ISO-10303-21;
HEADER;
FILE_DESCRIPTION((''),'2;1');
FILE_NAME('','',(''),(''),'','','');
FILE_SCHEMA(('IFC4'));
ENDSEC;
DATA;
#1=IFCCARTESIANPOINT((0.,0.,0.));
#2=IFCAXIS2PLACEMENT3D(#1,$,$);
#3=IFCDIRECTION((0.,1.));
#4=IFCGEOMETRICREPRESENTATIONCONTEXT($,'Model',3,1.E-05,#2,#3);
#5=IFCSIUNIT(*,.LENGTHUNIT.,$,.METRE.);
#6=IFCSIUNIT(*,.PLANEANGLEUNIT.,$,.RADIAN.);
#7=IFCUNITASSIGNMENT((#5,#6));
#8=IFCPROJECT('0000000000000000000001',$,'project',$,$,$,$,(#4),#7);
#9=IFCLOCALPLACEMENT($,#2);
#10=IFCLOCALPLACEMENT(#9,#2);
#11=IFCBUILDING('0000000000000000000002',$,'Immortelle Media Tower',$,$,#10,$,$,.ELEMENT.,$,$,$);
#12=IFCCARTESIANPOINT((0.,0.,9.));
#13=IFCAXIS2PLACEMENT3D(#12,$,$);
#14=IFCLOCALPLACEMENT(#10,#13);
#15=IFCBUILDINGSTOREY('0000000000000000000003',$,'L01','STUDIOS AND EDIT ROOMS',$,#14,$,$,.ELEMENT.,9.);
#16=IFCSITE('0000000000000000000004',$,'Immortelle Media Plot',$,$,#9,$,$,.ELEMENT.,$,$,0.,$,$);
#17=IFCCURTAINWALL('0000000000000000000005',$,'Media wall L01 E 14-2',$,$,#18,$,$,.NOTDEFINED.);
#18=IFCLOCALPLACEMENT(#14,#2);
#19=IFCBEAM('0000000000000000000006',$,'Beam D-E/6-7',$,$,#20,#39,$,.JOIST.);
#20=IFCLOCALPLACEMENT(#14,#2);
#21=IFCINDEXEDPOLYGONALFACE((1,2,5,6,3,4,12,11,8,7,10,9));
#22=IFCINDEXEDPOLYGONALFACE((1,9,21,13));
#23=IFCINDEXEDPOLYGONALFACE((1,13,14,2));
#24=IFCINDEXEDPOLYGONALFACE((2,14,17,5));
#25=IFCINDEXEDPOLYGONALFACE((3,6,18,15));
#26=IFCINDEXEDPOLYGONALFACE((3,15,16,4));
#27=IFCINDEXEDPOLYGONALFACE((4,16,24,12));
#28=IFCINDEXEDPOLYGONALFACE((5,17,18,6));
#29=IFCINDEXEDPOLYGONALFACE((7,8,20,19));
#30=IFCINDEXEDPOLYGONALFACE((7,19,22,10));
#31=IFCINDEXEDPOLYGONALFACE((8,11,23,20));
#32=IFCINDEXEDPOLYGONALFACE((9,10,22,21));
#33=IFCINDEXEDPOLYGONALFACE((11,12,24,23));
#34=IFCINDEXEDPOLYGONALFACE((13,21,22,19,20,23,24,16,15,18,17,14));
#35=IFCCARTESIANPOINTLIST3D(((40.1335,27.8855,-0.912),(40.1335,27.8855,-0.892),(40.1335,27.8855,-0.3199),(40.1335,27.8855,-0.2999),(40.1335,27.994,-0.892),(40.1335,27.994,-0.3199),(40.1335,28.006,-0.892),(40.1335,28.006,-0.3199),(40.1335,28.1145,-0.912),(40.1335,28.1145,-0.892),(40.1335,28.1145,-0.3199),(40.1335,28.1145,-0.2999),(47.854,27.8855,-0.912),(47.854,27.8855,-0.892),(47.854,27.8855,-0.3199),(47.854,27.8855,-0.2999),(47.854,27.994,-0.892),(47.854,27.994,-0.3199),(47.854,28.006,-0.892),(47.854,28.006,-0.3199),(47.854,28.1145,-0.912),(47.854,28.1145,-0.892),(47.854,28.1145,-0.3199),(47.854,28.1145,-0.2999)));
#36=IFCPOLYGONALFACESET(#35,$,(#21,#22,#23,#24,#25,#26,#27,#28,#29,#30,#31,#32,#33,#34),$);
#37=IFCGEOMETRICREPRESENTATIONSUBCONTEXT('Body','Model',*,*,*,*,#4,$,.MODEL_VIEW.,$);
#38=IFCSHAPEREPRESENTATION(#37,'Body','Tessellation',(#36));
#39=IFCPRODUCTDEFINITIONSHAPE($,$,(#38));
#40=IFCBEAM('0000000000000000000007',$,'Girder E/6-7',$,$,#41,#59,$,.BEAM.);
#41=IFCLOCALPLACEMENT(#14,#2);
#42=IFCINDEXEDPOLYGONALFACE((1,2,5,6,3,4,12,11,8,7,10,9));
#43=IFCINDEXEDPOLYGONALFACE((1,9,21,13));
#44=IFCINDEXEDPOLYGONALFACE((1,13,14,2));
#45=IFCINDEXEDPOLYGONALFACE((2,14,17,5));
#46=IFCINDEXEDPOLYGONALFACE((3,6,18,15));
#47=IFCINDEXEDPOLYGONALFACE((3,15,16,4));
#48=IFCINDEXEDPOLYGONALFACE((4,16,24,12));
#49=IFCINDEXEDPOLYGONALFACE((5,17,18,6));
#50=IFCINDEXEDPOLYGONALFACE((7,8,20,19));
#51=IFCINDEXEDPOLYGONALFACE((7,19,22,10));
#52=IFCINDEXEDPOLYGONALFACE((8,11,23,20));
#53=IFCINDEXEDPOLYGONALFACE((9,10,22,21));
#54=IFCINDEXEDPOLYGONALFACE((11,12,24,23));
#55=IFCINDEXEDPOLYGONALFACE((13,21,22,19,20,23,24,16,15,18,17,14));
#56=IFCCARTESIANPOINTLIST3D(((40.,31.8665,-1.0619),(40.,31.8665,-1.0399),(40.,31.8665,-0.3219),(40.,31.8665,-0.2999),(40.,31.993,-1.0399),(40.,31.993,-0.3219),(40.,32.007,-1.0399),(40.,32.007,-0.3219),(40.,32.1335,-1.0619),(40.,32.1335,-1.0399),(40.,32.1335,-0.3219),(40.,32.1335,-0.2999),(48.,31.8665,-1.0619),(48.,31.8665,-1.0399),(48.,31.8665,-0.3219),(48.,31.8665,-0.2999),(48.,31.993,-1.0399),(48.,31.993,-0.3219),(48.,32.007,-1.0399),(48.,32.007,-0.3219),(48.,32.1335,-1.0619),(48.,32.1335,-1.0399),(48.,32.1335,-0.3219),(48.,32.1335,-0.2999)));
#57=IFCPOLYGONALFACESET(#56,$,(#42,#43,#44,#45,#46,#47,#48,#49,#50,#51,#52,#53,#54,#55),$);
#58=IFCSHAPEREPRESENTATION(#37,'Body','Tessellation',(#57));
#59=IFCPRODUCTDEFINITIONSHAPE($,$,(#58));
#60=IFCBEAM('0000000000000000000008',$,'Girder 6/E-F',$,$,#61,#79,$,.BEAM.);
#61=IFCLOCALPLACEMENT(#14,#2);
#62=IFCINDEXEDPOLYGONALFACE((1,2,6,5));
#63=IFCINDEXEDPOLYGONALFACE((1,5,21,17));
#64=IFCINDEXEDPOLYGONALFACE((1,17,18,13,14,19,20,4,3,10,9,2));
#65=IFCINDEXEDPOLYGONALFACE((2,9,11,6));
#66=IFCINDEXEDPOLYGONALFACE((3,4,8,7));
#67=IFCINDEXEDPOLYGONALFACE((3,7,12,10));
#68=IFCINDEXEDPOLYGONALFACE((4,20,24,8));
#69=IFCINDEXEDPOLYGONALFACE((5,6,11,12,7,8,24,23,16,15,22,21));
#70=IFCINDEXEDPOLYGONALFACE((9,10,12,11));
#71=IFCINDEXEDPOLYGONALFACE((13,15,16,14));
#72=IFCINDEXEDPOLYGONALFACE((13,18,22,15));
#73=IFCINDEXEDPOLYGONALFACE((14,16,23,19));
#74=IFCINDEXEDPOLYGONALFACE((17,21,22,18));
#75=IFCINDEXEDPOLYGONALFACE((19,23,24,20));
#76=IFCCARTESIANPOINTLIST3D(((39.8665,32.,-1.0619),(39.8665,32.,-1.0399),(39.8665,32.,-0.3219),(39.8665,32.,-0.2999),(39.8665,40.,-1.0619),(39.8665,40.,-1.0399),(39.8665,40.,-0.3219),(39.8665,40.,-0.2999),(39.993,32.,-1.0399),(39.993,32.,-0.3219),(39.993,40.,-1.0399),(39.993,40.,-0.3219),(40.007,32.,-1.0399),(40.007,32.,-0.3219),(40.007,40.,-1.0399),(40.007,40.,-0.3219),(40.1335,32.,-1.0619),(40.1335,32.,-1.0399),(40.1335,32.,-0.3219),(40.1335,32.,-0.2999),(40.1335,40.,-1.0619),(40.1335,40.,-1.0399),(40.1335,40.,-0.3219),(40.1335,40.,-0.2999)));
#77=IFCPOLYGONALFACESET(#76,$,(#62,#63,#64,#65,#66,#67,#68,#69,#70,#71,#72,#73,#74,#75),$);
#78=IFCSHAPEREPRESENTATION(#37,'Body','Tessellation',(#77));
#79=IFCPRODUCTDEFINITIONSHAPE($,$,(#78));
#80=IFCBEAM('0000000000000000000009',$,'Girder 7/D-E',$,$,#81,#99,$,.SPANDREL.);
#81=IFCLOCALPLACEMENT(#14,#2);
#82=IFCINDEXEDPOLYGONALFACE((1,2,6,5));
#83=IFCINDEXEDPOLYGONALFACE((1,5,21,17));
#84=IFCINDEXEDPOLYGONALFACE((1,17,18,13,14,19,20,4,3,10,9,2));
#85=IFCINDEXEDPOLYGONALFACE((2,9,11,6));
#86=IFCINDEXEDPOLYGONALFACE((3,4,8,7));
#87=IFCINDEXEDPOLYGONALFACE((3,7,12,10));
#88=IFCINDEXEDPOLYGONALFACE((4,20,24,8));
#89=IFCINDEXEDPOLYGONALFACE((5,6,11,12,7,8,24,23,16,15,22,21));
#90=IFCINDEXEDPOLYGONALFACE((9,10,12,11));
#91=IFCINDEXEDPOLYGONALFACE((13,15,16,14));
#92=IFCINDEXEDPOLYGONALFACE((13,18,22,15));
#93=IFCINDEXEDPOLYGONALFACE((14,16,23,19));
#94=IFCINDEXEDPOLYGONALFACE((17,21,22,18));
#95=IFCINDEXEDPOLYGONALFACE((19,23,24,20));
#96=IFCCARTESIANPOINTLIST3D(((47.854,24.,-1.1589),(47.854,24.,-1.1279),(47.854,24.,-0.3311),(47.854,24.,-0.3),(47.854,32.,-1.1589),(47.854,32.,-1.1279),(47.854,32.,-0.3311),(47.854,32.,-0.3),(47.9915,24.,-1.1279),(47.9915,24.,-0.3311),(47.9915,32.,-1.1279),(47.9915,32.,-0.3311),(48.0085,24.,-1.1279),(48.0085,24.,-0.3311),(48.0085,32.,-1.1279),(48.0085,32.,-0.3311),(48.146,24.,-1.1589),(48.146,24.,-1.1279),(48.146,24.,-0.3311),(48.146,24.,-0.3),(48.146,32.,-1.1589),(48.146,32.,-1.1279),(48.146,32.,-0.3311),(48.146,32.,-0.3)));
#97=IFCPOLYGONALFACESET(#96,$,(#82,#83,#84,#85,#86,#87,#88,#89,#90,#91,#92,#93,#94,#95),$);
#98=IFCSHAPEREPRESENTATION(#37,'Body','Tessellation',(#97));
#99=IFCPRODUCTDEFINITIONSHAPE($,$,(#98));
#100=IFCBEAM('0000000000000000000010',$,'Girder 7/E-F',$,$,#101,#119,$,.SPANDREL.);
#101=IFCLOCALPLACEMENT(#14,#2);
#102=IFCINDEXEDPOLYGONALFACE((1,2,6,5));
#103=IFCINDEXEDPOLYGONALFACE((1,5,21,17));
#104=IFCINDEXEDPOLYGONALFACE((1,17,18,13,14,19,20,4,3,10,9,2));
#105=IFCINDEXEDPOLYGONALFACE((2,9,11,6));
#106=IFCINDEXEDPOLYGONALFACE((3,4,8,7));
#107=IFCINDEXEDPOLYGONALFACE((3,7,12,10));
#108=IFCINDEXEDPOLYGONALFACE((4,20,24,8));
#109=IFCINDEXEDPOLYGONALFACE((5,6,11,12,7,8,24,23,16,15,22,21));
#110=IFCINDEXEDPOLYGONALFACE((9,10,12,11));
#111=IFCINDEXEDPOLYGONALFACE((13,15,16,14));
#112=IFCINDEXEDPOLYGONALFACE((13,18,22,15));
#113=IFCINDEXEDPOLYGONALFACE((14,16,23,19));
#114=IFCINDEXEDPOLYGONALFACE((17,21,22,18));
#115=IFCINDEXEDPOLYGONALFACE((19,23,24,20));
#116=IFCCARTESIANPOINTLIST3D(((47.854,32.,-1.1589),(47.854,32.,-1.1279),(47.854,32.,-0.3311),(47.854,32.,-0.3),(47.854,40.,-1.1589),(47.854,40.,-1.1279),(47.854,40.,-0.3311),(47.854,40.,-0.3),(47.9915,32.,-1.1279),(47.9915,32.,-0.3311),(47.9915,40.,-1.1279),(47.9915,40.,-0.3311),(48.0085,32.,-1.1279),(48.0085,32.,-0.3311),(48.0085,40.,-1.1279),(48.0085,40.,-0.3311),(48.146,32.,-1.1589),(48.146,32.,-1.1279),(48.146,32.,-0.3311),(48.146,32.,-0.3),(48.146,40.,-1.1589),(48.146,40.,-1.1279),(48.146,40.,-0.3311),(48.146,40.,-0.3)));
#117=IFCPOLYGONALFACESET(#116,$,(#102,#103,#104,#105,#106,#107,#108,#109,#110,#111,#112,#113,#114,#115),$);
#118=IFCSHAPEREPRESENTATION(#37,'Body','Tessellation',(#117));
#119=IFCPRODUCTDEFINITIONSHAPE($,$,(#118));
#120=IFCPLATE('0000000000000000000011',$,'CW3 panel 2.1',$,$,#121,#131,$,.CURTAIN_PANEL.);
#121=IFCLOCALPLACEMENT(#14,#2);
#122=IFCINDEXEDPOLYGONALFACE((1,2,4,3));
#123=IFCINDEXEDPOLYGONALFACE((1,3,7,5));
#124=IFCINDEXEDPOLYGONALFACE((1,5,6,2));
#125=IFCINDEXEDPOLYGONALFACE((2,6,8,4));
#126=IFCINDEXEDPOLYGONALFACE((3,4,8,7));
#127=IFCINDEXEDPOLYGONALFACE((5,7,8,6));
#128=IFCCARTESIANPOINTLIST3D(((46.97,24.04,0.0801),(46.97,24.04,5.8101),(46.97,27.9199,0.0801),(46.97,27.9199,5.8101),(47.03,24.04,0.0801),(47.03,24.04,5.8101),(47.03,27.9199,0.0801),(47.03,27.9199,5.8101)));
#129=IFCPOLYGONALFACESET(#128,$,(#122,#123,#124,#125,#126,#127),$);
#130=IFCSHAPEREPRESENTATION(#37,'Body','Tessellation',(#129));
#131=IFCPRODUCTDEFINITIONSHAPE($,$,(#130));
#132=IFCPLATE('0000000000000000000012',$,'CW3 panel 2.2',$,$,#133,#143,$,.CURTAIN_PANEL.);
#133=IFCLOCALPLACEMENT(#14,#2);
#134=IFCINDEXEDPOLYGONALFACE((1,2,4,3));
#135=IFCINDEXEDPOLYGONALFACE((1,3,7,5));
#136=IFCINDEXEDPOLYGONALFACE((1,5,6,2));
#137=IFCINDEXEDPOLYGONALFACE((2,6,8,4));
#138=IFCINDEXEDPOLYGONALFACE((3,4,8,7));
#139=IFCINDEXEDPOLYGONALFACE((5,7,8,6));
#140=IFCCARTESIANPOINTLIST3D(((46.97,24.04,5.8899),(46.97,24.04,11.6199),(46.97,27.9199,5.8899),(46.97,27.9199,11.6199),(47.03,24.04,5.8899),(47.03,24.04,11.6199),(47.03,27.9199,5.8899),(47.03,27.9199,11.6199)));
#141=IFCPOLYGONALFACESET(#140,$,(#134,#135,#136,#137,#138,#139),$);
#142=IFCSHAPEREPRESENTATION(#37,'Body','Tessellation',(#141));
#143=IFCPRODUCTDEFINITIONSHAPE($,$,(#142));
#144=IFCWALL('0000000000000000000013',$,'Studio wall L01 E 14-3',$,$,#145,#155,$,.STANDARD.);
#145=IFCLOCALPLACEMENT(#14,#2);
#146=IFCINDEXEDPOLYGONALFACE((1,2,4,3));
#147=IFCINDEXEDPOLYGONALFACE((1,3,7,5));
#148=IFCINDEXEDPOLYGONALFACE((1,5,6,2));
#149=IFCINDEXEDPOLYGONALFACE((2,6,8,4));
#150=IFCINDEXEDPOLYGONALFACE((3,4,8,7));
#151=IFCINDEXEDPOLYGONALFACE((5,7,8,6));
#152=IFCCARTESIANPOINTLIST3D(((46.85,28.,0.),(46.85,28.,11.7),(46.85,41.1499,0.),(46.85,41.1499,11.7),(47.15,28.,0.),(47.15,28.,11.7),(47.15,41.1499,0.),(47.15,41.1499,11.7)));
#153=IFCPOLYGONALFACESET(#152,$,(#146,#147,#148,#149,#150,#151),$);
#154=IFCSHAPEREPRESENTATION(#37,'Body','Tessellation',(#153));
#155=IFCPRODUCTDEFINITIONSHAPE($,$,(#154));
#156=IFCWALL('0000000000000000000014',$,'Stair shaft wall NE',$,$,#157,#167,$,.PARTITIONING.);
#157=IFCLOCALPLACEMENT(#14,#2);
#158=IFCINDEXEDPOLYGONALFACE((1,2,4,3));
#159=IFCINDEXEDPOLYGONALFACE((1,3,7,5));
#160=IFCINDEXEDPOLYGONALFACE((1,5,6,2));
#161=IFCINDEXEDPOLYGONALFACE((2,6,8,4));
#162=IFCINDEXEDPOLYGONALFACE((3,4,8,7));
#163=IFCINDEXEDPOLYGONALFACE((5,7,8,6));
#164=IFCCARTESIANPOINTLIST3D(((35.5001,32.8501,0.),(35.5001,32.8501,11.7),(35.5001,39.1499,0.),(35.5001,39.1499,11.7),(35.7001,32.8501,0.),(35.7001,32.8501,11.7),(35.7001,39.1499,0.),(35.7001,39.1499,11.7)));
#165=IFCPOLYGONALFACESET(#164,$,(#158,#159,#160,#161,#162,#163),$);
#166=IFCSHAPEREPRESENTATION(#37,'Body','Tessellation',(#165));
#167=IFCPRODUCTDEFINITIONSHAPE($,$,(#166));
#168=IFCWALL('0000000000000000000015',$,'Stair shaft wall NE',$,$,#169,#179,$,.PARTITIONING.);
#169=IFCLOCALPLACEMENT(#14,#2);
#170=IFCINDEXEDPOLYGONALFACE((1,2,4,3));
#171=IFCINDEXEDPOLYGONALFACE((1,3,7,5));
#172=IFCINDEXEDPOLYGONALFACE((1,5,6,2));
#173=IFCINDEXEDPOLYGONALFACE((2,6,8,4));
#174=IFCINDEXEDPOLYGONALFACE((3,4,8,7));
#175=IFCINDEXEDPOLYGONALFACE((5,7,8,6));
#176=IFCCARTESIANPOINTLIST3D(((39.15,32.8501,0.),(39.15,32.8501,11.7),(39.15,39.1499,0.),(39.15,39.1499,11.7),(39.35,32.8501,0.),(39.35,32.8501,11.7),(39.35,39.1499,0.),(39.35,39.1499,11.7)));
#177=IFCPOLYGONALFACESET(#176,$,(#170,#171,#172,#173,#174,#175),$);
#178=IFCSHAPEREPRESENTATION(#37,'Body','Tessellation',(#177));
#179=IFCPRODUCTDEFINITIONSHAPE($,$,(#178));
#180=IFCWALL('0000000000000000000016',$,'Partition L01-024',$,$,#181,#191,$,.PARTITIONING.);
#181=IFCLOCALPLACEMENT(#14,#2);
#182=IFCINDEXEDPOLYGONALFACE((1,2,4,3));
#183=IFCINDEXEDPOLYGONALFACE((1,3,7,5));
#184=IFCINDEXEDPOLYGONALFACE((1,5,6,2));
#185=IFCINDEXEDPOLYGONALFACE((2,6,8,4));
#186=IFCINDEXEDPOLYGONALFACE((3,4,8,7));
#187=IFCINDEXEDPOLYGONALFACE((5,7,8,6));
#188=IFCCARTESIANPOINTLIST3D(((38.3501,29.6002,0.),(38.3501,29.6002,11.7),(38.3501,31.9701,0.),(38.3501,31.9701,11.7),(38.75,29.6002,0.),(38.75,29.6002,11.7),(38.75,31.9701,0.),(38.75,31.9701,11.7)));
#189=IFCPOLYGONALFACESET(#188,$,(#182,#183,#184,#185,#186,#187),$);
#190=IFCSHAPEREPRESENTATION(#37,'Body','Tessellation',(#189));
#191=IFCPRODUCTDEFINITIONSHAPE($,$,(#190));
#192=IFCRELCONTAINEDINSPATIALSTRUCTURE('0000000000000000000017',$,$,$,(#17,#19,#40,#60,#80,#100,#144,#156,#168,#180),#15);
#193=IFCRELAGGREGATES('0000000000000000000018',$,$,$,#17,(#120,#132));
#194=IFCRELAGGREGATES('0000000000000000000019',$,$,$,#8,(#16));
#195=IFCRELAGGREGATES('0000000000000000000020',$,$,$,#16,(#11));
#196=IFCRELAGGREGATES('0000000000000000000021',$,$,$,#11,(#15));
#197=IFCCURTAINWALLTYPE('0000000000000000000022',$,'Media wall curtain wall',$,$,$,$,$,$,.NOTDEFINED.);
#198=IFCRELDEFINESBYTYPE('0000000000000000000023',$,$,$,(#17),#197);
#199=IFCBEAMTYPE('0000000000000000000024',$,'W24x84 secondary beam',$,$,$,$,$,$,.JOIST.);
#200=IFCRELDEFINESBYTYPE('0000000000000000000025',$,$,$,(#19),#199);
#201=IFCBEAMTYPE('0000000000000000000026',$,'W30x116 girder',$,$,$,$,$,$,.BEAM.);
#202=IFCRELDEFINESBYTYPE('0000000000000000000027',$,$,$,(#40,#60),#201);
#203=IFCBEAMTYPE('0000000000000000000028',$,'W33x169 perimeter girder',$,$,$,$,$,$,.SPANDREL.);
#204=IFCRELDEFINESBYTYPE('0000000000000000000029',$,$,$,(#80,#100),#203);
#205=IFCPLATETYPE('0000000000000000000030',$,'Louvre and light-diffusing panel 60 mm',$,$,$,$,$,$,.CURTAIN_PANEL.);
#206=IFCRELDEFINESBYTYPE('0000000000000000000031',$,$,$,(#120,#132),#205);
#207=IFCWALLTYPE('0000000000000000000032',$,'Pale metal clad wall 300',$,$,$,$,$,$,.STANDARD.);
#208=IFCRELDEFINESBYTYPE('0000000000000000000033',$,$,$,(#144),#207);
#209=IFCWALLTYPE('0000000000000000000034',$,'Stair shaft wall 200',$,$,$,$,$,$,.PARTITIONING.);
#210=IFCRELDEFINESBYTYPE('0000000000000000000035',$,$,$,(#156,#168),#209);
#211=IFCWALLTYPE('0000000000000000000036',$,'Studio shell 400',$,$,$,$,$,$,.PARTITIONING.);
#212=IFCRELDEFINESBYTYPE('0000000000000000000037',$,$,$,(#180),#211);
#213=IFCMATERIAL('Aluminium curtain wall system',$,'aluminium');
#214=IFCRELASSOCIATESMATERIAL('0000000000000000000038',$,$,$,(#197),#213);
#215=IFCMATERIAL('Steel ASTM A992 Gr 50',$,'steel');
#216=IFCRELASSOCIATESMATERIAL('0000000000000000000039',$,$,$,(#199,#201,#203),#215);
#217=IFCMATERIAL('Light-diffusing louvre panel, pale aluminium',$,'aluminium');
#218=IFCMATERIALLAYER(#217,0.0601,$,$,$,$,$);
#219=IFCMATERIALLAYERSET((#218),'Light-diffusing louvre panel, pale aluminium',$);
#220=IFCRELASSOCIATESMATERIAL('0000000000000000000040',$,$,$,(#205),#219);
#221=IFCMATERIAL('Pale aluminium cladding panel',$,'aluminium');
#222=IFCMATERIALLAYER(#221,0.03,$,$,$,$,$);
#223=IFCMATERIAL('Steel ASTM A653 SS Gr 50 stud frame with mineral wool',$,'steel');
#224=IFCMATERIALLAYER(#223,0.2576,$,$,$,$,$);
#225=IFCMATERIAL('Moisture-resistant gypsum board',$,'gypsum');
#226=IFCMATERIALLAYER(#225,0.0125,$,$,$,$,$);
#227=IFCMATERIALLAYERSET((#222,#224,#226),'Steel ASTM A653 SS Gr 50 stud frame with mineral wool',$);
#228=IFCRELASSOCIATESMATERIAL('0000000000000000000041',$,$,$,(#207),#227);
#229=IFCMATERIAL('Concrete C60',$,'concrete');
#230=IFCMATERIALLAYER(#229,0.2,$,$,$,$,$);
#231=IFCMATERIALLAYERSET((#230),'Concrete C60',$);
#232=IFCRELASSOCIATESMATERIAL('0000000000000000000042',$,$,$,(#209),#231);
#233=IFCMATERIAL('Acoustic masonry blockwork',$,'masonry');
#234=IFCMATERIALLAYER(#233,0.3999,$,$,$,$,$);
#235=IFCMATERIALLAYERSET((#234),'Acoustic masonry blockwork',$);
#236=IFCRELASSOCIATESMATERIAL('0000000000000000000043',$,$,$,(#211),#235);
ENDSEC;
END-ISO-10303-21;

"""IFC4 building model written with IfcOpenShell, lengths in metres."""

from ifc_helpers import new_model, si_unit, direction, frame, frame_2d, origin, origin_2d, place, context, subcontext, project, spatial, rectangle, i_section, extrude, material, layer, layer_set, material_profile, profile_set, type_object, element, aggregate, save


model = new_model("IFC4")

# Units and contexts
model_context = context("Model", 3, precision=1e-05, world=origin(), true_north=direction((0.0, 1.0)))
body_context = subcontext(model_context, "Body", "Model", "MODEL_VIEW")
ifc_project = project(units=[si_unit("LENGTHUNIT", "METRE"), si_unit("PLANEANGLEUNIT", "RADIAN")], contexts=[model_context])

# Site, building, storey
site_placement = place(None, origin())
site = spatial("IfcSite", under=ifc_project, at=site_placement, Name="Immortelle Media Plot", CompositionType="ELEMENT", RefElevation=0.0)
building_placement = place(site_placement, origin())
building = spatial("IfcBuilding", under=site, at=building_placement, Name="Immortelle Media Tower", CompositionType="ELEMENT")
storey_placement = place(building_placement, frame((0.0, 0.0, 9.0)))
storey = spatial("IfcBuildingStorey", under=building, at=storey_placement, Name="L01", Description="STUDIOS AND EDIT ROOMS", CompositionType="ELEMENT", Elevation=9.0)

# Shared definitions
ifc_material_1 = material(Name="Steel ASTM A992 Gr 50", Category="steel")

# Curtain wall
ifc_material_2 = material(Name="Aluminium curtain wall system", Category="aluminium")
curtain_wall_type = type_object("IfcCurtainWallType", Name="Media wall curtain wall", PredefinedType="NOTDEFINED", material=ifc_material_2)
curtain_wall_placement = place(storey_placement, origin())
curtain_wall = element("IfcCurtainWall", 1, at=curtain_wall_placement, inside=storey, type_object=curtain_wall_type, Name="Media wall L01 E 14-2", PredefinedType="NOTDEFINED")

# Beams
ifc_material_profile_1 = material_profile(ifc_material_1, i_section(OverallWidth=0.229, OverallDepth=0.6121, WebThickness=0.012, FlangeThickness=0.02, at=origin_2d()), Name="W24x84")
ifc_profile_set_1 = profile_set([ifc_material_profile_1], Name="Steel ASTM A992 Gr 50")
beam_type_1 = type_object("IfcBeamType", Name="W24x84 secondary beam", PredefinedType="JOIST", material=ifc_profile_set_1)
beam_1_placement = place(storey_placement, frame((40.1335, 28.0, -0.606), z_axis=(1.0, 0.0, 0.0), x_axis=(0.0, 1.0, 0.0)))
element("IfcBeam", 2, at=beam_1_placement, inside=storey, type_object=beam_type_1, Name="Beam D-E/6-7", PredefinedType="JOIST", context=body_context, shape_type="SweptSolid", body=[
    extrude(i_section(OverallWidth=0.229, OverallDepth=0.6121, WebThickness=0.012, FlangeThickness=0.02, at=origin_2d()), origin(), (0.0, 0.0, 1.0), 7.7205),
])
ifc_material_profile_2 = material_profile(ifc_material_1, i_section(OverallWidth=0.2671, OverallDepth=0.762, WebThickness=0.0139, FlangeThickness=0.022, at=origin_2d()), Name="W30x116")
ifc_profile_set_2 = profile_set([ifc_material_profile_2], Name="Steel ASTM A992 Gr 50")
beam_type_2 = type_object("IfcBeamType", Name="W30x116 girder", PredefinedType="BEAM", material=ifc_profile_set_2)
for number, where, z_axis, x_axis, name in (
    (3, (40.0, 32.0, -0.6809), (1.0, 0.0, 0.0), (0.0, 1.0, 0.0), "Girder E/6-7"),
    (4, (40.0, 32.0, -0.6809), (0.0, 1.0, 0.0), (-1.0, 0.0, 0.0), "Girder 6/E-F"),
):
    element("IfcBeam", number, at=place(storey_placement, frame(where, z_axis=z_axis, x_axis=x_axis)), inside=storey, type_object=beam_type_2, Name=name, PredefinedType="BEAM", context=body_context, shape_type="SweptSolid", body=[
        extrude(i_section(OverallWidth=0.2671, OverallDepth=0.762, WebThickness=0.0139, FlangeThickness=0.022, at=origin_2d()), origin(), (0.0, 0.0, 1.0), 8.0),
    ])
ifc_material_profile_3 = material_profile(ifc_material_1, i_section(OverallWidth=0.292, OverallDepth=0.8589, WebThickness=0.0171, FlangeThickness=0.031, at=origin_2d()), Name="W33x169")
ifc_profile_set_3 = profile_set([ifc_material_profile_3], Name="Steel ASTM A992 Gr 50")
beam_type_3 = type_object("IfcBeamType", Name="W33x169 perimeter girder", PredefinedType="SPANDREL", material=ifc_profile_set_3)
for number, where, z_axis, x_axis, name in (
    (5, (48.0, 24.0, -0.7295), (0.0, 1.0, 0.0), (-1.0, 0.0, 0.0), "Girder 7/D-E"),
    (6, (48.0, 32.0, -0.7295), (0.0, 1.0, 0.0), (-1.0, 0.0, 0.0), "Girder 7/E-F"),
):
    element("IfcBeam", number, at=place(storey_placement, frame(where, z_axis=z_axis, x_axis=x_axis)), inside=storey, type_object=beam_type_3, Name=name, PredefinedType="SPANDREL", context=body_context, shape_type="SweptSolid", body=[
        extrude(i_section(OverallWidth=0.292, OverallDepth=0.8589, WebThickness=0.0171, FlangeThickness=0.031, at=origin_2d()), origin(), (0.0, 0.0, 1.0), 8.0),
    ])

# Plates
ifc_material_3 = material(Name="Light-diffusing louvre panel, pale aluminium", Category="aluminium")
ifc_layer_1 = layer(ifc_material_3, 0.0601)
ifc_layer_set_1 = layer_set([ifc_layer_1], Name="Light-diffusing louvre panel, pale aluminium")
plate_type = type_object("IfcPlateType", Name="Louvre and light-diffusing panel 60 mm", PredefinedType="CURTAIN_PANEL", material=ifc_layer_set_1)
plate_1_placement = place(storey_placement, frame((47.0, 25.98, 0.0801), z_axis=(0.0, 0.0, 1.0), x_axis=(0.0, 1.0, 0.0)))
plate_1 = element("IfcPlate", 7, at=plate_1_placement, type_object=plate_type, Name="CW3 panel 2.1", PredefinedType="CURTAIN_PANEL", context=body_context, shape_type="SweptSolid", body=[
    extrude(rectangle(XDim=3.8799, YDim=0.0601, at=origin_2d()), origin(), (0.0, 0.0, 1.0), 5.73),
])
plate_2_placement = place(storey_placement, frame((47.0, 25.98, 5.8899), z_axis=(0.0, 0.0, 1.0), x_axis=(0.0, 1.0, 0.0)))
plate_2 = element("IfcPlate", 8, at=plate_2_placement, type_object=plate_type, Name="CW3 panel 2.2", PredefinedType="CURTAIN_PANEL", context=body_context, shape_type="SweptSolid", body=[
    extrude(rectangle(XDim=3.8799, YDim=0.0601, at=origin_2d()), origin(), (0.0, 0.0, 1.0), 5.73),
])
aggregate(curtain_wall, [plate_1, plate_2])

# Walls
ifc_material_4 = material(Name="Pale aluminium cladding panel", Category="aluminium")
ifc_layer_2 = layer(ifc_material_4, 0.03)
ifc_material_5 = material(Name="Steel ASTM A653 SS Gr 50 stud frame with mineral wool", Category="steel")
ifc_layer_3 = layer(ifc_material_5, 0.2576)
ifc_material_6 = material(Name="Moisture-resistant gypsum board", Category="gypsum")
ifc_layer_4 = layer(ifc_material_6, 0.0125)
ifc_layer_set_2 = layer_set([ifc_layer_2, ifc_layer_3, ifc_layer_4], Name="Steel ASTM A653 SS Gr 50 stud frame with mineral wool")
wall_type_1 = type_object("IfcWallType", Name="Pale metal clad wall 300", PredefinedType="STANDARD", material=ifc_layer_set_2)
wall_1_placement = place(storey_placement, frame((47.0, 28.0, 0.0), z_axis=(0.0, 0.0, 1.0), x_axis=(0.0, 1.0, 0.0)))
element("IfcWall", 9, at=wall_1_placement, inside=storey, type_object=wall_type_1, Name="Studio wall L01 E 14-3", PredefinedType="STANDARD", context=body_context, shape_type="SweptSolid", body=[
    extrude(rectangle(XDim=13.1499, YDim=0.3, at=frame_2d((6.575, 0.0))), origin(), (0.0, 0.0, 1.0), 11.7),
])
ifc_material_7 = material(Name="Concrete C60", Category="concrete")
ifc_layer_5 = layer(ifc_material_7, 0.2)
ifc_layer_set_3 = layer_set([ifc_layer_5], Name="Concrete C60")
wall_type_2 = type_object("IfcWallType", Name="Stair shaft wall 200", PredefinedType="PARTITIONING", material=ifc_layer_set_3)
for number, where, z_axis, x_axis, name in (
    (10, (35.6001, 32.8501, 0.0), (0.0, 0.0, 1.0), (0.0, 1.0, 0.0), "Stair shaft wall NE"),
    (11, (39.25, 32.8501, 0.0), (0.0, 0.0, 1.0), (0.0, 1.0, 0.0), "Stair shaft wall NE"),
):
    element("IfcWall", number, at=place(storey_placement, frame(where, z_axis=z_axis, x_axis=x_axis)), inside=storey, type_object=wall_type_2, Name=name, PredefinedType="PARTITIONING", context=body_context, shape_type="SweptSolid", body=[
        extrude(rectangle(XDim=6.2998, YDim=0.2, at=frame_2d((3.1499, 0.0))), origin(), (0.0, 0.0, 1.0), 11.7),
    ])
ifc_material_8 = material(Name="Acoustic masonry blockwork", Category="masonry")
ifc_layer_6 = layer(ifc_material_8, 0.3999)
ifc_layer_set_4 = layer_set([ifc_layer_6], Name="Acoustic masonry blockwork")
wall_type_3 = type_object("IfcWallType", Name="Studio shell 400", PredefinedType="PARTITIONING", material=ifc_layer_set_4)
wall_2_placement = place(storey_placement, frame((38.55, 29.6001, 0.0), z_axis=(0.0, 0.0, 1.0), x_axis=(0.0, 1.0, 0.0)))
element("IfcWall", 12, at=wall_2_placement, inside=storey, type_object=wall_type_3, Name="Partition L01-024", PredefinedType="PARTITIONING", context=body_context, shape_type="SweptSolid", body=[
    extrude(rectangle(XDim=2.3699, YDim=0.3999, at=frame_2d((1.1851, 0.0))), origin(), (0.0, 0.0, 1.0), 11.7),
])

save(model, "model.ifc")
